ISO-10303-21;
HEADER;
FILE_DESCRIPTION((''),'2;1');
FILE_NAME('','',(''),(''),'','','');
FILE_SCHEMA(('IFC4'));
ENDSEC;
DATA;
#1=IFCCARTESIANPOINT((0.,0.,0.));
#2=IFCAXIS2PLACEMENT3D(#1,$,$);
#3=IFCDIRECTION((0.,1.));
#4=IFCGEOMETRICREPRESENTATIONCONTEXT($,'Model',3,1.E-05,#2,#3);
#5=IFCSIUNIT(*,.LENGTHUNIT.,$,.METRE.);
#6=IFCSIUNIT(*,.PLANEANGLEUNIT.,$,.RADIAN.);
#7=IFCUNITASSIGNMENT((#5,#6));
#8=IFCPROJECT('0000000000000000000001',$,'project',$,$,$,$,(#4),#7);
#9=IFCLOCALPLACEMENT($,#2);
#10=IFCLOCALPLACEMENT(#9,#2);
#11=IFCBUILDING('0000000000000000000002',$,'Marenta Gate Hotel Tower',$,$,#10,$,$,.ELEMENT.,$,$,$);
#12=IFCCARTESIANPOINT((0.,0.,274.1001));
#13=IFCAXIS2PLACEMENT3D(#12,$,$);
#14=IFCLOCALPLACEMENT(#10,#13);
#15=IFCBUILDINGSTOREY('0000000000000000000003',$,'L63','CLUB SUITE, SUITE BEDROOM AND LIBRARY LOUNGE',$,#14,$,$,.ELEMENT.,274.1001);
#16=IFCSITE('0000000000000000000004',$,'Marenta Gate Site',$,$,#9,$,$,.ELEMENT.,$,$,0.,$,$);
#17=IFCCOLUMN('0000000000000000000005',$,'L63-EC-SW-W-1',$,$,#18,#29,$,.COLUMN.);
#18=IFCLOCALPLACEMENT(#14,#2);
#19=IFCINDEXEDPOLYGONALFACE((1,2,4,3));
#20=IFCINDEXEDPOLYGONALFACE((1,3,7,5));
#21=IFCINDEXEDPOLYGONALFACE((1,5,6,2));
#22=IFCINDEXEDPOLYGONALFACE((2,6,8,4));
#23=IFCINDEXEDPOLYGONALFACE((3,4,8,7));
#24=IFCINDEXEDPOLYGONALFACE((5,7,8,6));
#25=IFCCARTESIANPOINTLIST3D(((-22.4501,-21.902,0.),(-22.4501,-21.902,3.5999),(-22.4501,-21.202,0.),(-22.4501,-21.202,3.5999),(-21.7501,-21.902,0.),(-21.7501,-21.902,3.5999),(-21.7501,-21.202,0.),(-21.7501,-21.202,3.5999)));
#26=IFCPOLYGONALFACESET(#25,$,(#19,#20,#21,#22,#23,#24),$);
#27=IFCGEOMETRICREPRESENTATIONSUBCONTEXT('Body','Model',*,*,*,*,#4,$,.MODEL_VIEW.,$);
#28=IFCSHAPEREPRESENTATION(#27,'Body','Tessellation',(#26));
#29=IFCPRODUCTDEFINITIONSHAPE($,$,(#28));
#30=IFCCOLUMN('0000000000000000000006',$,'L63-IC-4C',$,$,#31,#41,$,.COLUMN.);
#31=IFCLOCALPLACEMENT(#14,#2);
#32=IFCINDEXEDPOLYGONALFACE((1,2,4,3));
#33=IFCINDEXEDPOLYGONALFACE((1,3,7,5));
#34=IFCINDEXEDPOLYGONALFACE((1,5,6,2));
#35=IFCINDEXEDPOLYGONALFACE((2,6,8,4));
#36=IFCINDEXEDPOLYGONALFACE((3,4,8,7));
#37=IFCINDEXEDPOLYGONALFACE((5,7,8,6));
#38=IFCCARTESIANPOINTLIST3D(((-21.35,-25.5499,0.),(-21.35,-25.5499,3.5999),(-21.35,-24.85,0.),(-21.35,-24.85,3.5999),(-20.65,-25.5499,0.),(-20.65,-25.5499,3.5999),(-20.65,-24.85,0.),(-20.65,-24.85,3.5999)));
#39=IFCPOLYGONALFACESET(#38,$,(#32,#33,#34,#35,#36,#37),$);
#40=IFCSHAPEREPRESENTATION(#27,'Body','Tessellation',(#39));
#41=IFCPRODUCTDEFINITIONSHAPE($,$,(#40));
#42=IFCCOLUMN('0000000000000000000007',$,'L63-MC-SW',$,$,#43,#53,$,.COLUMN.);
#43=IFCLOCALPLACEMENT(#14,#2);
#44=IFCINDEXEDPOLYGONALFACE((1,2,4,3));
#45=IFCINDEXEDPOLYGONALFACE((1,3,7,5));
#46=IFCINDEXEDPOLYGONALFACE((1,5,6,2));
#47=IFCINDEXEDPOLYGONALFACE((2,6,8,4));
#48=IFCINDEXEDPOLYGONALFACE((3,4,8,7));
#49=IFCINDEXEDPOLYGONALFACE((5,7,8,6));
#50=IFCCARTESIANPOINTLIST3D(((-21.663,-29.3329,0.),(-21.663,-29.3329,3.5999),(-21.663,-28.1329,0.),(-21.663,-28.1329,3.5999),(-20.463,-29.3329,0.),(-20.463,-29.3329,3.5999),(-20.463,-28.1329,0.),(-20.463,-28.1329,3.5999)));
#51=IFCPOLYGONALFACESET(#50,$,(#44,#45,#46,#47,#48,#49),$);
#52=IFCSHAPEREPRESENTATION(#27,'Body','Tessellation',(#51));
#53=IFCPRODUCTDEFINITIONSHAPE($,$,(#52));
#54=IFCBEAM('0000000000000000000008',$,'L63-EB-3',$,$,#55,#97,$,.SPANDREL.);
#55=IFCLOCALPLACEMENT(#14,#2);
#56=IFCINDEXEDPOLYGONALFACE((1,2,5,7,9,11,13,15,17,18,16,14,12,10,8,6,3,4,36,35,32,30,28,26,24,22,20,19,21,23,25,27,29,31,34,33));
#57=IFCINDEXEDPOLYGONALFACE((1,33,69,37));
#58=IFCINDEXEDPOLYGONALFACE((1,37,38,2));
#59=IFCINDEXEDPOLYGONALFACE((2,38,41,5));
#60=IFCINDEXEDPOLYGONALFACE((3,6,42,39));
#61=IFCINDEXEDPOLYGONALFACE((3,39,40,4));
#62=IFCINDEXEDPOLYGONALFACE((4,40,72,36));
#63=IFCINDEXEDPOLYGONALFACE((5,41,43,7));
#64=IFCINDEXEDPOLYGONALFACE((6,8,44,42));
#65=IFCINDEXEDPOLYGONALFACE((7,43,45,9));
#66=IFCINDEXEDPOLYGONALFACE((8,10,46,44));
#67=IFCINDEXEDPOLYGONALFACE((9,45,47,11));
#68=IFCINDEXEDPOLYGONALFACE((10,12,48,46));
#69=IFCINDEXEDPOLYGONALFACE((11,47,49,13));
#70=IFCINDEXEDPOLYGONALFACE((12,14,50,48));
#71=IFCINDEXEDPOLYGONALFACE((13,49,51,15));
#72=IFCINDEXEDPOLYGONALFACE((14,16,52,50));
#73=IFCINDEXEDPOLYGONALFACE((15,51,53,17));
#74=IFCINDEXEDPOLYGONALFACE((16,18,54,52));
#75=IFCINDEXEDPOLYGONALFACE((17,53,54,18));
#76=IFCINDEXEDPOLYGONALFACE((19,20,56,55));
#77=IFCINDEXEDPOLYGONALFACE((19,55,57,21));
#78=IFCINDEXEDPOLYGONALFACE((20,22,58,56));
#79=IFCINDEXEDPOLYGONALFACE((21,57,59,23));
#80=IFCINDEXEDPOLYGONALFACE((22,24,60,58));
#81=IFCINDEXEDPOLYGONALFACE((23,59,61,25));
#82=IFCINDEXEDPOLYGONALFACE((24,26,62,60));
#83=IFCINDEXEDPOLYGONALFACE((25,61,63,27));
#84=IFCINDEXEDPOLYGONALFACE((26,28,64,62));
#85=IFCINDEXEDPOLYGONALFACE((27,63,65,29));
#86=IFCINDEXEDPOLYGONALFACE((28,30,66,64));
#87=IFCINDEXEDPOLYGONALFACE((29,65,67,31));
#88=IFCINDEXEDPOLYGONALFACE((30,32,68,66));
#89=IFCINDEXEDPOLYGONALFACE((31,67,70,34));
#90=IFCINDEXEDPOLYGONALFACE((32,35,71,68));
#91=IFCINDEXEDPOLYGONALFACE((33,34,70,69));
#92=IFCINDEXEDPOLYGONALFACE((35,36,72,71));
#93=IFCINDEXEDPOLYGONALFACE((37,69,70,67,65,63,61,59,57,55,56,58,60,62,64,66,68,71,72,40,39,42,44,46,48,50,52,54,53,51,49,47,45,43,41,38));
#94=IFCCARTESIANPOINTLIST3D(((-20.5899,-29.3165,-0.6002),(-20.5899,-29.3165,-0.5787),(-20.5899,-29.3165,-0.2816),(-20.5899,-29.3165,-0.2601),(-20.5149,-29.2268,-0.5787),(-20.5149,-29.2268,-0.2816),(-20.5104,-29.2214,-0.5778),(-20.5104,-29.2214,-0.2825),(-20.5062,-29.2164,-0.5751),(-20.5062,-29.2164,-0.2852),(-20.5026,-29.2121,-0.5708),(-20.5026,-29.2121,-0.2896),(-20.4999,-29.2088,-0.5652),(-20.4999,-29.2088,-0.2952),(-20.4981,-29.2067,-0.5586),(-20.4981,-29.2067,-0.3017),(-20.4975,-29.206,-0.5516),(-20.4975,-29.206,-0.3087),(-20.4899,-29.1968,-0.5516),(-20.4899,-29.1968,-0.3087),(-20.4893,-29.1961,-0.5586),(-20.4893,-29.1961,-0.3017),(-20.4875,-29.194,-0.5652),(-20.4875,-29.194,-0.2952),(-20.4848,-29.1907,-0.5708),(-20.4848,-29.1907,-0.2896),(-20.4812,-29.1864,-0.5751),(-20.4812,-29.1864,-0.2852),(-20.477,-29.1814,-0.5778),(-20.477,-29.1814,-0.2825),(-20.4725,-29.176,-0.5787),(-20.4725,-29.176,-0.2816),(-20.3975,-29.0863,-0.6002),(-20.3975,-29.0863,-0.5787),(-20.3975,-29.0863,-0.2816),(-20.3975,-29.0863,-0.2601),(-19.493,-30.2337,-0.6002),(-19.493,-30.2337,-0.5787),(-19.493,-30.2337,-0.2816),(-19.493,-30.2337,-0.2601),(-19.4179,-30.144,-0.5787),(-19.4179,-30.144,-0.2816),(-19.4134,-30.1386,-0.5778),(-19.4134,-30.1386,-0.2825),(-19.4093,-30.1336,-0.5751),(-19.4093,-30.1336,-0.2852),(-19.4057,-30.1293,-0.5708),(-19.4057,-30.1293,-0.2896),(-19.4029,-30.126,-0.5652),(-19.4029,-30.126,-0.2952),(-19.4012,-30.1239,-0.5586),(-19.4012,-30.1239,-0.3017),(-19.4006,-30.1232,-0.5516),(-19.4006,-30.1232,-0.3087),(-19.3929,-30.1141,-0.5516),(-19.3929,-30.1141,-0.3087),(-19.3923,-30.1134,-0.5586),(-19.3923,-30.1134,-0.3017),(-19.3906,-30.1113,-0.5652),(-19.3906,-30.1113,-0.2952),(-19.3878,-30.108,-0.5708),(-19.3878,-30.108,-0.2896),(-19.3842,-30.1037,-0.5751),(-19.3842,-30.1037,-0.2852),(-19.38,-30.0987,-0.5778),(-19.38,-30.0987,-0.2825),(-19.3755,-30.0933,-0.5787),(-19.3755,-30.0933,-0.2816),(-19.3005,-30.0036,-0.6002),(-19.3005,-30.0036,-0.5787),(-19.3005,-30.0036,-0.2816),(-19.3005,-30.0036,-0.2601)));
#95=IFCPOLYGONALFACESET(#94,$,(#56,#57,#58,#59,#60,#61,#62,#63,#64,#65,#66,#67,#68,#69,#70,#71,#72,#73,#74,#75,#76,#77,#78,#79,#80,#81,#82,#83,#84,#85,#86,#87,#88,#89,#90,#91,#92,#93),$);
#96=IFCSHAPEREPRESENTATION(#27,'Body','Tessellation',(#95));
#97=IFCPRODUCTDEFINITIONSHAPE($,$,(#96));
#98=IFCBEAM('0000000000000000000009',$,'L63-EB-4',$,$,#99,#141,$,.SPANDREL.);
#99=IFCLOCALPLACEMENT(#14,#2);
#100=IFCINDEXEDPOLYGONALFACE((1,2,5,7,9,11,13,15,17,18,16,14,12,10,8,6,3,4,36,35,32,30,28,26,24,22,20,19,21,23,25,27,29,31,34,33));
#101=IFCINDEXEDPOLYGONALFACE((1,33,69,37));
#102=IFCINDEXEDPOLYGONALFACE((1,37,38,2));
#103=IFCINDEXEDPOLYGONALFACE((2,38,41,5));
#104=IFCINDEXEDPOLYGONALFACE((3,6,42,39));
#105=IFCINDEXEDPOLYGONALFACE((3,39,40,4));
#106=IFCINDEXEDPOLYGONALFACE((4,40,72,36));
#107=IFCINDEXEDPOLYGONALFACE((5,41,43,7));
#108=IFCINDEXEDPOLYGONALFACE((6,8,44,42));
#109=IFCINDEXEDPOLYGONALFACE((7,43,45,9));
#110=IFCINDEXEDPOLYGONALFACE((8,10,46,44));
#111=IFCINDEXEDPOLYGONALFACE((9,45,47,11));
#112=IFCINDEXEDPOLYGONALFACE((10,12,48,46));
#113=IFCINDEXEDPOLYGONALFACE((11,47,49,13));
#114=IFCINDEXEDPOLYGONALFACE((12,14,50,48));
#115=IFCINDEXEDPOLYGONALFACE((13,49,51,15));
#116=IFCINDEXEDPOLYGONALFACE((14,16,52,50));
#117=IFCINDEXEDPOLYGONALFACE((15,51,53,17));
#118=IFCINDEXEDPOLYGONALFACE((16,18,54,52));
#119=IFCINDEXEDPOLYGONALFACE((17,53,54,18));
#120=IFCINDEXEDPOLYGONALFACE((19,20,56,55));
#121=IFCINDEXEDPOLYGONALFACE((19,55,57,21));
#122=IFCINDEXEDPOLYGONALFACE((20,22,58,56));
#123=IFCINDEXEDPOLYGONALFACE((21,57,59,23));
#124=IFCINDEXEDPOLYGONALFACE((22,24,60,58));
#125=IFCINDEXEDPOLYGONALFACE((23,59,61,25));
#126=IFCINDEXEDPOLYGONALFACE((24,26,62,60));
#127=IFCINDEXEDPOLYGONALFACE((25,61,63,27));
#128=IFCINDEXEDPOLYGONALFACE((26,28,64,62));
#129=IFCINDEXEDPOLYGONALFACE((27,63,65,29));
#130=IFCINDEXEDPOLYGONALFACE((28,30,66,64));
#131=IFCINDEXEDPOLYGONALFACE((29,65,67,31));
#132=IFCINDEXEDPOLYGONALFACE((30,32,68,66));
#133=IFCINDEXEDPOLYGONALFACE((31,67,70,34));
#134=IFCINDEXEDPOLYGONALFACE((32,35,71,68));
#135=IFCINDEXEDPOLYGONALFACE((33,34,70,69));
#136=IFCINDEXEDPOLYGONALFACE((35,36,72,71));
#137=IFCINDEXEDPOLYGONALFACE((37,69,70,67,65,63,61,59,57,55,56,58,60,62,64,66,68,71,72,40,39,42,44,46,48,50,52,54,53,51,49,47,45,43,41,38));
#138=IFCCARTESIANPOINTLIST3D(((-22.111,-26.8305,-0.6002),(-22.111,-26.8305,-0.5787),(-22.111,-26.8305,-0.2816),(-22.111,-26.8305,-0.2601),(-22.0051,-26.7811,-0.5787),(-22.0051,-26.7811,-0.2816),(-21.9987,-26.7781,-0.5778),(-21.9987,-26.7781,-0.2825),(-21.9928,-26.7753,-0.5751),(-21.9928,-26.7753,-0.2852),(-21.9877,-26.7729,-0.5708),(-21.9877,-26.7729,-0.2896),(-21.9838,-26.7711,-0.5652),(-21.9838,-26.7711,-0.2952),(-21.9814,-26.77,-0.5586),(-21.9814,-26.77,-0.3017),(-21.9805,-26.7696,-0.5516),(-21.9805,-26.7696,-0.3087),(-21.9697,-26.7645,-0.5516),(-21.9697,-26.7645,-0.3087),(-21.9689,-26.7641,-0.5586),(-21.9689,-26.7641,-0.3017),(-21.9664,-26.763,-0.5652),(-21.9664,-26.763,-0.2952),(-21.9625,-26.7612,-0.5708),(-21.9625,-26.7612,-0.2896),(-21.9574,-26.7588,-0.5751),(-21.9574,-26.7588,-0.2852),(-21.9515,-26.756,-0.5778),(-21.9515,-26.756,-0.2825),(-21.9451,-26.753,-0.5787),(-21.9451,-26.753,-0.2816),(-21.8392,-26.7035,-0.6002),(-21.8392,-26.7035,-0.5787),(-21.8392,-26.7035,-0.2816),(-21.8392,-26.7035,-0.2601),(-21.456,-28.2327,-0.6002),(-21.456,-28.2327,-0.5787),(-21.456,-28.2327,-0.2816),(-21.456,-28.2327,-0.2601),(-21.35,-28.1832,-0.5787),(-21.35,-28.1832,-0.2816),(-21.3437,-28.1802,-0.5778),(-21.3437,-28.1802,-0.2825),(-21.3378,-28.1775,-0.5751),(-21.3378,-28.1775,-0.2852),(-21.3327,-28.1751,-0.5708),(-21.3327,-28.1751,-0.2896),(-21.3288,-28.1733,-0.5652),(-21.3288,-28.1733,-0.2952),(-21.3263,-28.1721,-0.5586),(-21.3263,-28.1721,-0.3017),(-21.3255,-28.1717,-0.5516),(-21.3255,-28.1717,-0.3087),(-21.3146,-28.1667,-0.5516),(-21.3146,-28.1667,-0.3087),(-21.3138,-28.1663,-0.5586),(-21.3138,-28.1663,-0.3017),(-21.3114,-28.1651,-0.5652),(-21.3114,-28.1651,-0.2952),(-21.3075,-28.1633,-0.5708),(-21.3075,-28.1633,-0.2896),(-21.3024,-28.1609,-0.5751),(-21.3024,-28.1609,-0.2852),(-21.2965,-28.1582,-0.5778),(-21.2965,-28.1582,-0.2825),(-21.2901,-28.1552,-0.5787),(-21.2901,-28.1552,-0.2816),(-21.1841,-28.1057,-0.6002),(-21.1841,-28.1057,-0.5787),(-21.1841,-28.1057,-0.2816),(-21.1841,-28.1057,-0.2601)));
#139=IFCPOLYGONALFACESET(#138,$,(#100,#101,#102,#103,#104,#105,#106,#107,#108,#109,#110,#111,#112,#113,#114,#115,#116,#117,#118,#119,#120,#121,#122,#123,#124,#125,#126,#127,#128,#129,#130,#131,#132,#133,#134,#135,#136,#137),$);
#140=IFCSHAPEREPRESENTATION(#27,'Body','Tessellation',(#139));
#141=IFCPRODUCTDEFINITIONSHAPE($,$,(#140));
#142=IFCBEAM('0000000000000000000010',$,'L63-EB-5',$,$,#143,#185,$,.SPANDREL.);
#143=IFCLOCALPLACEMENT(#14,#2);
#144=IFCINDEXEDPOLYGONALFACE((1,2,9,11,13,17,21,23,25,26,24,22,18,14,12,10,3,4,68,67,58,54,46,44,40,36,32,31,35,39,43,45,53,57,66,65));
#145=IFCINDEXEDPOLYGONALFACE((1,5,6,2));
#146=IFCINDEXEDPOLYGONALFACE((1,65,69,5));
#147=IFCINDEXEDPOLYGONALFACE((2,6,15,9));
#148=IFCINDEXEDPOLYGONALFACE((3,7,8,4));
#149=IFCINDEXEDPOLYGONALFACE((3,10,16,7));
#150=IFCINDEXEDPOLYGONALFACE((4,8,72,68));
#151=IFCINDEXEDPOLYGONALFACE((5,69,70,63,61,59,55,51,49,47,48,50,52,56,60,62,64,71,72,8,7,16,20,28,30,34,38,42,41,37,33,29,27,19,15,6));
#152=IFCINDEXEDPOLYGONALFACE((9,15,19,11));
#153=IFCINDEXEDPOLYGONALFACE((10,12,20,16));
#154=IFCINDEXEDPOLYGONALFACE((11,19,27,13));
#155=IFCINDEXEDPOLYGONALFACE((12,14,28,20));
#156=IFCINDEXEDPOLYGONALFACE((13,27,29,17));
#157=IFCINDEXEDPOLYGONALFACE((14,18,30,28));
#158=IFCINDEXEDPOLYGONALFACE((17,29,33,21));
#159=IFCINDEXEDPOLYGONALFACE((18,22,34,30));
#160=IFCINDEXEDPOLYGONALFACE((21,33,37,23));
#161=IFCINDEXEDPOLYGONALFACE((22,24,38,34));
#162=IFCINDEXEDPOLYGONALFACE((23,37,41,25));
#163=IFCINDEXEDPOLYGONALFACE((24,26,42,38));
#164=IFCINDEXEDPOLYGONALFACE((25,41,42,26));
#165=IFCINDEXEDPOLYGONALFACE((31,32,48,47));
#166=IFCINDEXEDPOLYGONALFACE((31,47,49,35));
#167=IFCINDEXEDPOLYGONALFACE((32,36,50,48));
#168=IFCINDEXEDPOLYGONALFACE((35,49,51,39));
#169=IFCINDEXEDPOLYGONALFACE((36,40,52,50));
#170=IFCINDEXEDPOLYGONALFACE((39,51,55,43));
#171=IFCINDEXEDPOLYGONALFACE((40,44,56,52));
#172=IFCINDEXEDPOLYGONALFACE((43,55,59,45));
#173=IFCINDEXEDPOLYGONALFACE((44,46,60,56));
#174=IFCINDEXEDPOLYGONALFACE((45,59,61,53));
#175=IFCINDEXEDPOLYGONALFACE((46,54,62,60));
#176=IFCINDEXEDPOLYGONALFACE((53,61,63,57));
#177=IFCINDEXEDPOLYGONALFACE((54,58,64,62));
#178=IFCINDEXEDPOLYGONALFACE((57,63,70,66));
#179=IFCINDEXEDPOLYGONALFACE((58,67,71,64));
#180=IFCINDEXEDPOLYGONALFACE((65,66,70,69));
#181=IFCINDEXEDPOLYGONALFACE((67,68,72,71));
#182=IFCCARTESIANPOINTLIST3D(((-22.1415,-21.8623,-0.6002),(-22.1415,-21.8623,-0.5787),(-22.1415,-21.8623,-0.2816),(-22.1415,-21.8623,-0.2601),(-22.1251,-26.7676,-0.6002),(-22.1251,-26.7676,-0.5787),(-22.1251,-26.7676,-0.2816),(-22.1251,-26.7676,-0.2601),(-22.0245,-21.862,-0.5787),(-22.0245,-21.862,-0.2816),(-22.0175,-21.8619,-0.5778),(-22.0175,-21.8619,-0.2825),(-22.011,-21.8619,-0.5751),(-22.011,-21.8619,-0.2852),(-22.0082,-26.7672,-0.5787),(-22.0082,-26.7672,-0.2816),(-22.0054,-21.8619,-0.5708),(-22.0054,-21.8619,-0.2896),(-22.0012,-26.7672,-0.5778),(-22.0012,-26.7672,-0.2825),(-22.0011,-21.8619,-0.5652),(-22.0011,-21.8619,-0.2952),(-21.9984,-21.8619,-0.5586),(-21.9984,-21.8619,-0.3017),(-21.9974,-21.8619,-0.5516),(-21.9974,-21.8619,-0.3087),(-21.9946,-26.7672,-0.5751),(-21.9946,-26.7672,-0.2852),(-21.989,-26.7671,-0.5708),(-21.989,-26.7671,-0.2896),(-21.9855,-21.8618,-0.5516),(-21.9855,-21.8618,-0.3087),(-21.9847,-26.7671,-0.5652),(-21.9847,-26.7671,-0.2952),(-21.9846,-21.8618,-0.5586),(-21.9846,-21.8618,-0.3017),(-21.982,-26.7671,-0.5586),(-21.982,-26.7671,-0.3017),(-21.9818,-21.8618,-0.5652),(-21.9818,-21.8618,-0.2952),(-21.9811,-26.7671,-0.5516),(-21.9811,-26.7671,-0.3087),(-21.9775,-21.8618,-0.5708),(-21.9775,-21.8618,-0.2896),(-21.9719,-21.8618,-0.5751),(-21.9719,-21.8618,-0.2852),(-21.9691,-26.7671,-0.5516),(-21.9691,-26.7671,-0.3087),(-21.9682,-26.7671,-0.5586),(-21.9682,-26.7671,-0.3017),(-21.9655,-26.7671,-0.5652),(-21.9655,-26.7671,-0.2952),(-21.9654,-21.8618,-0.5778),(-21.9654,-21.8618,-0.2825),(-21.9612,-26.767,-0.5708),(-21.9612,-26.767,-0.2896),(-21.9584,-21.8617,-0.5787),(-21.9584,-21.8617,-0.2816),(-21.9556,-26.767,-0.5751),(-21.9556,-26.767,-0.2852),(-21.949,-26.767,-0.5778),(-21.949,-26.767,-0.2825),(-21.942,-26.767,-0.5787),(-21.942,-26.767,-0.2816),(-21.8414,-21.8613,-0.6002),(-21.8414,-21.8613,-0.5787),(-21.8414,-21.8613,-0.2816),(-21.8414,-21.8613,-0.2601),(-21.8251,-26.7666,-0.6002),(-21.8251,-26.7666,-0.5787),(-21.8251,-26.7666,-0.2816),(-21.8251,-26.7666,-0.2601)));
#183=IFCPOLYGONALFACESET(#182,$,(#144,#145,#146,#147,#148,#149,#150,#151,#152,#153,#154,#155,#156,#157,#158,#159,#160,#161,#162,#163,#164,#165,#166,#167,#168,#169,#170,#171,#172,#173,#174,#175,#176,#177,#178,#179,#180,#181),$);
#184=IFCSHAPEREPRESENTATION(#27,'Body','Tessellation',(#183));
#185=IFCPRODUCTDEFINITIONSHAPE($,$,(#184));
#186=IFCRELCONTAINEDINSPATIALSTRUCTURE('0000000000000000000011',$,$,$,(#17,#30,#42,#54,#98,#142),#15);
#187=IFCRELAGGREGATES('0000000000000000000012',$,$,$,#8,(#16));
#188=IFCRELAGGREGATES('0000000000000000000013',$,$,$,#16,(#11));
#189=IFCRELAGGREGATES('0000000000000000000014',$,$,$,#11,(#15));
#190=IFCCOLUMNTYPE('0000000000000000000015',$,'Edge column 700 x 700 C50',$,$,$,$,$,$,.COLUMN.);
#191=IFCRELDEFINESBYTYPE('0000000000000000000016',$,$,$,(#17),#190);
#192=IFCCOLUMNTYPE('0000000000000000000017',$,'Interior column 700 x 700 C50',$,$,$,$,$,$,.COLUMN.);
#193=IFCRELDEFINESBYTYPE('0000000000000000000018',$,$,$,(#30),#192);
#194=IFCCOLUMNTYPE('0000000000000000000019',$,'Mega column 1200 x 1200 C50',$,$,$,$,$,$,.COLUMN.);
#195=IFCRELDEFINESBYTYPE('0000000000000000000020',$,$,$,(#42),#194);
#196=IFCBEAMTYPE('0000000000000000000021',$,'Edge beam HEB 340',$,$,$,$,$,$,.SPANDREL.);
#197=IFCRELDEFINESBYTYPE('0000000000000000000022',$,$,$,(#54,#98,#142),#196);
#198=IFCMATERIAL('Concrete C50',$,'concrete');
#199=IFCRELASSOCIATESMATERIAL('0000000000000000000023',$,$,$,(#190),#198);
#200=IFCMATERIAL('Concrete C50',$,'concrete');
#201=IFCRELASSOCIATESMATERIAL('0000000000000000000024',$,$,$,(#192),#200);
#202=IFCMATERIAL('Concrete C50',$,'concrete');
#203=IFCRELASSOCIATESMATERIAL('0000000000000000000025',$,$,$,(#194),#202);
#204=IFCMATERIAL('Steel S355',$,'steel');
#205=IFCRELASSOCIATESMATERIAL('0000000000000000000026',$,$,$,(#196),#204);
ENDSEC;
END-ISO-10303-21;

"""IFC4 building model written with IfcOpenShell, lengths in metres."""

from ifc_helpers import new_model, si_unit, direction, frame, origin, origin_2d, place, context, subcontext, project, spatial, rectangle, i_section, extrude, material, material_profile, profile_set, type_object, element, save


model = new_model("IFC4")

# Units and contexts
model_context = context("Model", 3, precision=1e-05, world=origin(), true_north=direction((0.0, 1.0)))
body_context = subcontext(model_context, "Body", "Model", "MODEL_VIEW")
ifc_project = project(units=[si_unit("LENGTHUNIT", "METRE"), si_unit("PLANEANGLEUNIT", "RADIAN")], contexts=[model_context])

# Site, building, storey
site_placement = place(None, origin())
site = spatial("IfcSite", under=ifc_project, at=site_placement, Name="Marenta Gate Site", CompositionType="ELEMENT", RefElevation=0.0)
building_placement = place(site_placement, origin())
building = spatial("IfcBuilding", under=site, at=building_placement, Name="Marenta Gate Hotel Tower", CompositionType="ELEMENT")
storey_placement = place(building_placement, frame((0.0, 0.0, 274.1001)))
storey = spatial("IfcBuildingStorey", under=building, at=storey_placement, Name="L63", Description="CLUB SUITE, SUITE BEDROOM AND LIBRARY LOUNGE", CompositionType="ELEMENT", Elevation=274.1001)

# Columns
ifc_material_1 = material(Name="Concrete C50", Category="concrete")
ifc_material_profile_1 = material_profile(ifc_material_1, rectangle(XDim=0.7, YDim=0.7, at=origin_2d()), Name="700 x 700")
ifc_profile_set_1 = profile_set([ifc_material_profile_1], Name="Concrete C50")
column_type_1 = type_object("IfcColumnType", Name="Edge column 700 x 700 C50", PredefinedType="COLUMN", material=ifc_profile_set_1)
column_1_placement = place(storey_placement, frame((-22.1001, -21.552, 0.0), z_axis=(0.0, 0.0, 1.0), x_axis=(1.0, 0.0, 0.0)))
element("IfcColumn", 1, at=column_1_placement, inside=storey, type_object=column_type_1, Name="L63-EC-SW-W-1", PredefinedType="COLUMN", context=body_context, shape_type="SweptSolid", body=[
    extrude(rectangle(XDim=0.7, YDim=0.7, at=origin_2d()), origin(), (0.0, 0.0, 1.0), 3.5999),
])
ifc_material_2 = material(Name="Concrete C50", Category="concrete")
ifc_material_profile_2 = material_profile(ifc_material_2, rectangle(XDim=0.7, YDim=0.7, at=origin_2d()), Name="700 x 700")
ifc_profile_set_2 = profile_set([ifc_material_profile_2], Name="Concrete C50")
column_type_2 = type_object("IfcColumnType", Name="Interior column 700 x 700 C50", PredefinedType="COLUMN", material=ifc_profile_set_2)
column_2_placement = place(storey_placement, frame((-21.0, -25.2, 0.0), z_axis=(0.0, 0.0, 1.0), x_axis=(1.0, 0.0, 0.0)))
element("IfcColumn", 2, at=column_2_placement, inside=storey, type_object=column_type_2, Name="L63-IC-4C", PredefinedType="COLUMN", context=body_context, shape_type="SweptSolid", body=[
    extrude(rectangle(XDim=0.7, YDim=0.7, at=origin_2d()), origin(), (0.0, 0.0, 1.0), 3.5999),
])
ifc_material_3 = material(Name="Concrete C50", Category="concrete")
ifc_material_profile_3 = material_profile(ifc_material_3, rectangle(XDim=1.2, YDim=1.2, at=origin_2d()), Name="1200 x 1200")
ifc_profile_set_3 = profile_set([ifc_material_profile_3], Name="Concrete C50")
column_type_3 = type_object("IfcColumnType", Name="Mega column 1200 x 1200 C50", PredefinedType="COLUMN", material=ifc_profile_set_3)
column_3_placement = place(storey_placement, frame((-21.063, -28.7329, 0.0), z_axis=(0.0, 0.0, 1.0), x_axis=(1.0, 0.0, 0.0)))
element("IfcColumn", 3, at=column_3_placement, inside=storey, type_object=column_type_3, Name="L63-MC-SW", PredefinedType="COLUMN", context=body_context, shape_type="SweptSolid", body=[
    extrude(rectangle(XDim=1.2, YDim=1.2, at=origin_2d()), origin(), (0.0, 0.0, 1.0), 3.5999),
])

# Beams
ifc_material_4 = material(Name="Steel S355", Category="steel")
ifc_material_profile_4 = material_profile(ifc_material_4, i_section(OverallWidth=0.3, OverallDepth=0.3401, WebThickness=0.012, FlangeThickness=0.0215, FilletRadius=0.0271, at=origin_2d()), Name="HEB 340")
ifc_profile_set_4 = profile_set([ifc_material_profile_4], Name="Steel S355")
beam_type_1 = type_object("IfcBeamType", Name="Edge beam HEB 340", PredefinedType="SPANDREL", material=ifc_profile_set_4)
beam_1_placement = place(storey_placement, frame((-19.3967, -30.1187, -0.4302), z_axis=(-0.767143, 0.641477, 0.0), x_axis=(-0.641477, -0.767143, 0.0)))
element("IfcBeam", 4, at=beam_1_placement, inside=storey, type_object=beam_type_1, Name="L63-EB-3", PredefinedType="SPANDREL", context=body_context, shape_type="SweptSolid", body=[
    extrude(i_section(OverallWidth=0.3, OverallDepth=0.3401, WebThickness=0.012, FlangeThickness=0.0215, FilletRadius=0.0271, at=origin_2d()), origin(), (0.0, 0.0, 1.0), 1.4299),
])
beam_2_placement = place(storey_placement, frame((-21.3201, -28.1692, -0.4302), z_axis=(-0.423265, 0.906006, 0.0), x_axis=(-0.906006, -0.423265, 0.0)))
element("IfcBeam", 5, at=beam_2_placement, inside=storey, type_object=beam_type_1, Name="L63-EB-4", PredefinedType="SPANDREL", context=body_context, shape_type="SweptSolid", body=[
    extrude(i_section(OverallWidth=0.3, OverallDepth=0.3401, WebThickness=0.012, FlangeThickness=0.0215, FilletRadius=0.0271, at=origin_2d()), origin(), (0.0, 0.0, 1.0), 1.5476),
])
beam_3_placement = place(storey_placement, frame((-21.9751, -26.7671, -0.4302), z_axis=(-0.003335, 0.999994, 0.0), x_axis=(-0.999994, -0.003335, 0.0)))
element("IfcBeam", 6, at=beam_3_placement, inside=storey, type_object=beam_type_1, Name="L63-EB-5", PredefinedType="SPANDREL", context=body_context, shape_type="SweptSolid", body=[
    extrude(i_section(OverallWidth=0.3, OverallDepth=0.3401, WebThickness=0.012, FlangeThickness=0.0215, FilletRadius=0.0271, at=origin_2d()), origin(), (0.0, 0.0, 1.0), 4.9053),
])

save(model, "model.ifc")
